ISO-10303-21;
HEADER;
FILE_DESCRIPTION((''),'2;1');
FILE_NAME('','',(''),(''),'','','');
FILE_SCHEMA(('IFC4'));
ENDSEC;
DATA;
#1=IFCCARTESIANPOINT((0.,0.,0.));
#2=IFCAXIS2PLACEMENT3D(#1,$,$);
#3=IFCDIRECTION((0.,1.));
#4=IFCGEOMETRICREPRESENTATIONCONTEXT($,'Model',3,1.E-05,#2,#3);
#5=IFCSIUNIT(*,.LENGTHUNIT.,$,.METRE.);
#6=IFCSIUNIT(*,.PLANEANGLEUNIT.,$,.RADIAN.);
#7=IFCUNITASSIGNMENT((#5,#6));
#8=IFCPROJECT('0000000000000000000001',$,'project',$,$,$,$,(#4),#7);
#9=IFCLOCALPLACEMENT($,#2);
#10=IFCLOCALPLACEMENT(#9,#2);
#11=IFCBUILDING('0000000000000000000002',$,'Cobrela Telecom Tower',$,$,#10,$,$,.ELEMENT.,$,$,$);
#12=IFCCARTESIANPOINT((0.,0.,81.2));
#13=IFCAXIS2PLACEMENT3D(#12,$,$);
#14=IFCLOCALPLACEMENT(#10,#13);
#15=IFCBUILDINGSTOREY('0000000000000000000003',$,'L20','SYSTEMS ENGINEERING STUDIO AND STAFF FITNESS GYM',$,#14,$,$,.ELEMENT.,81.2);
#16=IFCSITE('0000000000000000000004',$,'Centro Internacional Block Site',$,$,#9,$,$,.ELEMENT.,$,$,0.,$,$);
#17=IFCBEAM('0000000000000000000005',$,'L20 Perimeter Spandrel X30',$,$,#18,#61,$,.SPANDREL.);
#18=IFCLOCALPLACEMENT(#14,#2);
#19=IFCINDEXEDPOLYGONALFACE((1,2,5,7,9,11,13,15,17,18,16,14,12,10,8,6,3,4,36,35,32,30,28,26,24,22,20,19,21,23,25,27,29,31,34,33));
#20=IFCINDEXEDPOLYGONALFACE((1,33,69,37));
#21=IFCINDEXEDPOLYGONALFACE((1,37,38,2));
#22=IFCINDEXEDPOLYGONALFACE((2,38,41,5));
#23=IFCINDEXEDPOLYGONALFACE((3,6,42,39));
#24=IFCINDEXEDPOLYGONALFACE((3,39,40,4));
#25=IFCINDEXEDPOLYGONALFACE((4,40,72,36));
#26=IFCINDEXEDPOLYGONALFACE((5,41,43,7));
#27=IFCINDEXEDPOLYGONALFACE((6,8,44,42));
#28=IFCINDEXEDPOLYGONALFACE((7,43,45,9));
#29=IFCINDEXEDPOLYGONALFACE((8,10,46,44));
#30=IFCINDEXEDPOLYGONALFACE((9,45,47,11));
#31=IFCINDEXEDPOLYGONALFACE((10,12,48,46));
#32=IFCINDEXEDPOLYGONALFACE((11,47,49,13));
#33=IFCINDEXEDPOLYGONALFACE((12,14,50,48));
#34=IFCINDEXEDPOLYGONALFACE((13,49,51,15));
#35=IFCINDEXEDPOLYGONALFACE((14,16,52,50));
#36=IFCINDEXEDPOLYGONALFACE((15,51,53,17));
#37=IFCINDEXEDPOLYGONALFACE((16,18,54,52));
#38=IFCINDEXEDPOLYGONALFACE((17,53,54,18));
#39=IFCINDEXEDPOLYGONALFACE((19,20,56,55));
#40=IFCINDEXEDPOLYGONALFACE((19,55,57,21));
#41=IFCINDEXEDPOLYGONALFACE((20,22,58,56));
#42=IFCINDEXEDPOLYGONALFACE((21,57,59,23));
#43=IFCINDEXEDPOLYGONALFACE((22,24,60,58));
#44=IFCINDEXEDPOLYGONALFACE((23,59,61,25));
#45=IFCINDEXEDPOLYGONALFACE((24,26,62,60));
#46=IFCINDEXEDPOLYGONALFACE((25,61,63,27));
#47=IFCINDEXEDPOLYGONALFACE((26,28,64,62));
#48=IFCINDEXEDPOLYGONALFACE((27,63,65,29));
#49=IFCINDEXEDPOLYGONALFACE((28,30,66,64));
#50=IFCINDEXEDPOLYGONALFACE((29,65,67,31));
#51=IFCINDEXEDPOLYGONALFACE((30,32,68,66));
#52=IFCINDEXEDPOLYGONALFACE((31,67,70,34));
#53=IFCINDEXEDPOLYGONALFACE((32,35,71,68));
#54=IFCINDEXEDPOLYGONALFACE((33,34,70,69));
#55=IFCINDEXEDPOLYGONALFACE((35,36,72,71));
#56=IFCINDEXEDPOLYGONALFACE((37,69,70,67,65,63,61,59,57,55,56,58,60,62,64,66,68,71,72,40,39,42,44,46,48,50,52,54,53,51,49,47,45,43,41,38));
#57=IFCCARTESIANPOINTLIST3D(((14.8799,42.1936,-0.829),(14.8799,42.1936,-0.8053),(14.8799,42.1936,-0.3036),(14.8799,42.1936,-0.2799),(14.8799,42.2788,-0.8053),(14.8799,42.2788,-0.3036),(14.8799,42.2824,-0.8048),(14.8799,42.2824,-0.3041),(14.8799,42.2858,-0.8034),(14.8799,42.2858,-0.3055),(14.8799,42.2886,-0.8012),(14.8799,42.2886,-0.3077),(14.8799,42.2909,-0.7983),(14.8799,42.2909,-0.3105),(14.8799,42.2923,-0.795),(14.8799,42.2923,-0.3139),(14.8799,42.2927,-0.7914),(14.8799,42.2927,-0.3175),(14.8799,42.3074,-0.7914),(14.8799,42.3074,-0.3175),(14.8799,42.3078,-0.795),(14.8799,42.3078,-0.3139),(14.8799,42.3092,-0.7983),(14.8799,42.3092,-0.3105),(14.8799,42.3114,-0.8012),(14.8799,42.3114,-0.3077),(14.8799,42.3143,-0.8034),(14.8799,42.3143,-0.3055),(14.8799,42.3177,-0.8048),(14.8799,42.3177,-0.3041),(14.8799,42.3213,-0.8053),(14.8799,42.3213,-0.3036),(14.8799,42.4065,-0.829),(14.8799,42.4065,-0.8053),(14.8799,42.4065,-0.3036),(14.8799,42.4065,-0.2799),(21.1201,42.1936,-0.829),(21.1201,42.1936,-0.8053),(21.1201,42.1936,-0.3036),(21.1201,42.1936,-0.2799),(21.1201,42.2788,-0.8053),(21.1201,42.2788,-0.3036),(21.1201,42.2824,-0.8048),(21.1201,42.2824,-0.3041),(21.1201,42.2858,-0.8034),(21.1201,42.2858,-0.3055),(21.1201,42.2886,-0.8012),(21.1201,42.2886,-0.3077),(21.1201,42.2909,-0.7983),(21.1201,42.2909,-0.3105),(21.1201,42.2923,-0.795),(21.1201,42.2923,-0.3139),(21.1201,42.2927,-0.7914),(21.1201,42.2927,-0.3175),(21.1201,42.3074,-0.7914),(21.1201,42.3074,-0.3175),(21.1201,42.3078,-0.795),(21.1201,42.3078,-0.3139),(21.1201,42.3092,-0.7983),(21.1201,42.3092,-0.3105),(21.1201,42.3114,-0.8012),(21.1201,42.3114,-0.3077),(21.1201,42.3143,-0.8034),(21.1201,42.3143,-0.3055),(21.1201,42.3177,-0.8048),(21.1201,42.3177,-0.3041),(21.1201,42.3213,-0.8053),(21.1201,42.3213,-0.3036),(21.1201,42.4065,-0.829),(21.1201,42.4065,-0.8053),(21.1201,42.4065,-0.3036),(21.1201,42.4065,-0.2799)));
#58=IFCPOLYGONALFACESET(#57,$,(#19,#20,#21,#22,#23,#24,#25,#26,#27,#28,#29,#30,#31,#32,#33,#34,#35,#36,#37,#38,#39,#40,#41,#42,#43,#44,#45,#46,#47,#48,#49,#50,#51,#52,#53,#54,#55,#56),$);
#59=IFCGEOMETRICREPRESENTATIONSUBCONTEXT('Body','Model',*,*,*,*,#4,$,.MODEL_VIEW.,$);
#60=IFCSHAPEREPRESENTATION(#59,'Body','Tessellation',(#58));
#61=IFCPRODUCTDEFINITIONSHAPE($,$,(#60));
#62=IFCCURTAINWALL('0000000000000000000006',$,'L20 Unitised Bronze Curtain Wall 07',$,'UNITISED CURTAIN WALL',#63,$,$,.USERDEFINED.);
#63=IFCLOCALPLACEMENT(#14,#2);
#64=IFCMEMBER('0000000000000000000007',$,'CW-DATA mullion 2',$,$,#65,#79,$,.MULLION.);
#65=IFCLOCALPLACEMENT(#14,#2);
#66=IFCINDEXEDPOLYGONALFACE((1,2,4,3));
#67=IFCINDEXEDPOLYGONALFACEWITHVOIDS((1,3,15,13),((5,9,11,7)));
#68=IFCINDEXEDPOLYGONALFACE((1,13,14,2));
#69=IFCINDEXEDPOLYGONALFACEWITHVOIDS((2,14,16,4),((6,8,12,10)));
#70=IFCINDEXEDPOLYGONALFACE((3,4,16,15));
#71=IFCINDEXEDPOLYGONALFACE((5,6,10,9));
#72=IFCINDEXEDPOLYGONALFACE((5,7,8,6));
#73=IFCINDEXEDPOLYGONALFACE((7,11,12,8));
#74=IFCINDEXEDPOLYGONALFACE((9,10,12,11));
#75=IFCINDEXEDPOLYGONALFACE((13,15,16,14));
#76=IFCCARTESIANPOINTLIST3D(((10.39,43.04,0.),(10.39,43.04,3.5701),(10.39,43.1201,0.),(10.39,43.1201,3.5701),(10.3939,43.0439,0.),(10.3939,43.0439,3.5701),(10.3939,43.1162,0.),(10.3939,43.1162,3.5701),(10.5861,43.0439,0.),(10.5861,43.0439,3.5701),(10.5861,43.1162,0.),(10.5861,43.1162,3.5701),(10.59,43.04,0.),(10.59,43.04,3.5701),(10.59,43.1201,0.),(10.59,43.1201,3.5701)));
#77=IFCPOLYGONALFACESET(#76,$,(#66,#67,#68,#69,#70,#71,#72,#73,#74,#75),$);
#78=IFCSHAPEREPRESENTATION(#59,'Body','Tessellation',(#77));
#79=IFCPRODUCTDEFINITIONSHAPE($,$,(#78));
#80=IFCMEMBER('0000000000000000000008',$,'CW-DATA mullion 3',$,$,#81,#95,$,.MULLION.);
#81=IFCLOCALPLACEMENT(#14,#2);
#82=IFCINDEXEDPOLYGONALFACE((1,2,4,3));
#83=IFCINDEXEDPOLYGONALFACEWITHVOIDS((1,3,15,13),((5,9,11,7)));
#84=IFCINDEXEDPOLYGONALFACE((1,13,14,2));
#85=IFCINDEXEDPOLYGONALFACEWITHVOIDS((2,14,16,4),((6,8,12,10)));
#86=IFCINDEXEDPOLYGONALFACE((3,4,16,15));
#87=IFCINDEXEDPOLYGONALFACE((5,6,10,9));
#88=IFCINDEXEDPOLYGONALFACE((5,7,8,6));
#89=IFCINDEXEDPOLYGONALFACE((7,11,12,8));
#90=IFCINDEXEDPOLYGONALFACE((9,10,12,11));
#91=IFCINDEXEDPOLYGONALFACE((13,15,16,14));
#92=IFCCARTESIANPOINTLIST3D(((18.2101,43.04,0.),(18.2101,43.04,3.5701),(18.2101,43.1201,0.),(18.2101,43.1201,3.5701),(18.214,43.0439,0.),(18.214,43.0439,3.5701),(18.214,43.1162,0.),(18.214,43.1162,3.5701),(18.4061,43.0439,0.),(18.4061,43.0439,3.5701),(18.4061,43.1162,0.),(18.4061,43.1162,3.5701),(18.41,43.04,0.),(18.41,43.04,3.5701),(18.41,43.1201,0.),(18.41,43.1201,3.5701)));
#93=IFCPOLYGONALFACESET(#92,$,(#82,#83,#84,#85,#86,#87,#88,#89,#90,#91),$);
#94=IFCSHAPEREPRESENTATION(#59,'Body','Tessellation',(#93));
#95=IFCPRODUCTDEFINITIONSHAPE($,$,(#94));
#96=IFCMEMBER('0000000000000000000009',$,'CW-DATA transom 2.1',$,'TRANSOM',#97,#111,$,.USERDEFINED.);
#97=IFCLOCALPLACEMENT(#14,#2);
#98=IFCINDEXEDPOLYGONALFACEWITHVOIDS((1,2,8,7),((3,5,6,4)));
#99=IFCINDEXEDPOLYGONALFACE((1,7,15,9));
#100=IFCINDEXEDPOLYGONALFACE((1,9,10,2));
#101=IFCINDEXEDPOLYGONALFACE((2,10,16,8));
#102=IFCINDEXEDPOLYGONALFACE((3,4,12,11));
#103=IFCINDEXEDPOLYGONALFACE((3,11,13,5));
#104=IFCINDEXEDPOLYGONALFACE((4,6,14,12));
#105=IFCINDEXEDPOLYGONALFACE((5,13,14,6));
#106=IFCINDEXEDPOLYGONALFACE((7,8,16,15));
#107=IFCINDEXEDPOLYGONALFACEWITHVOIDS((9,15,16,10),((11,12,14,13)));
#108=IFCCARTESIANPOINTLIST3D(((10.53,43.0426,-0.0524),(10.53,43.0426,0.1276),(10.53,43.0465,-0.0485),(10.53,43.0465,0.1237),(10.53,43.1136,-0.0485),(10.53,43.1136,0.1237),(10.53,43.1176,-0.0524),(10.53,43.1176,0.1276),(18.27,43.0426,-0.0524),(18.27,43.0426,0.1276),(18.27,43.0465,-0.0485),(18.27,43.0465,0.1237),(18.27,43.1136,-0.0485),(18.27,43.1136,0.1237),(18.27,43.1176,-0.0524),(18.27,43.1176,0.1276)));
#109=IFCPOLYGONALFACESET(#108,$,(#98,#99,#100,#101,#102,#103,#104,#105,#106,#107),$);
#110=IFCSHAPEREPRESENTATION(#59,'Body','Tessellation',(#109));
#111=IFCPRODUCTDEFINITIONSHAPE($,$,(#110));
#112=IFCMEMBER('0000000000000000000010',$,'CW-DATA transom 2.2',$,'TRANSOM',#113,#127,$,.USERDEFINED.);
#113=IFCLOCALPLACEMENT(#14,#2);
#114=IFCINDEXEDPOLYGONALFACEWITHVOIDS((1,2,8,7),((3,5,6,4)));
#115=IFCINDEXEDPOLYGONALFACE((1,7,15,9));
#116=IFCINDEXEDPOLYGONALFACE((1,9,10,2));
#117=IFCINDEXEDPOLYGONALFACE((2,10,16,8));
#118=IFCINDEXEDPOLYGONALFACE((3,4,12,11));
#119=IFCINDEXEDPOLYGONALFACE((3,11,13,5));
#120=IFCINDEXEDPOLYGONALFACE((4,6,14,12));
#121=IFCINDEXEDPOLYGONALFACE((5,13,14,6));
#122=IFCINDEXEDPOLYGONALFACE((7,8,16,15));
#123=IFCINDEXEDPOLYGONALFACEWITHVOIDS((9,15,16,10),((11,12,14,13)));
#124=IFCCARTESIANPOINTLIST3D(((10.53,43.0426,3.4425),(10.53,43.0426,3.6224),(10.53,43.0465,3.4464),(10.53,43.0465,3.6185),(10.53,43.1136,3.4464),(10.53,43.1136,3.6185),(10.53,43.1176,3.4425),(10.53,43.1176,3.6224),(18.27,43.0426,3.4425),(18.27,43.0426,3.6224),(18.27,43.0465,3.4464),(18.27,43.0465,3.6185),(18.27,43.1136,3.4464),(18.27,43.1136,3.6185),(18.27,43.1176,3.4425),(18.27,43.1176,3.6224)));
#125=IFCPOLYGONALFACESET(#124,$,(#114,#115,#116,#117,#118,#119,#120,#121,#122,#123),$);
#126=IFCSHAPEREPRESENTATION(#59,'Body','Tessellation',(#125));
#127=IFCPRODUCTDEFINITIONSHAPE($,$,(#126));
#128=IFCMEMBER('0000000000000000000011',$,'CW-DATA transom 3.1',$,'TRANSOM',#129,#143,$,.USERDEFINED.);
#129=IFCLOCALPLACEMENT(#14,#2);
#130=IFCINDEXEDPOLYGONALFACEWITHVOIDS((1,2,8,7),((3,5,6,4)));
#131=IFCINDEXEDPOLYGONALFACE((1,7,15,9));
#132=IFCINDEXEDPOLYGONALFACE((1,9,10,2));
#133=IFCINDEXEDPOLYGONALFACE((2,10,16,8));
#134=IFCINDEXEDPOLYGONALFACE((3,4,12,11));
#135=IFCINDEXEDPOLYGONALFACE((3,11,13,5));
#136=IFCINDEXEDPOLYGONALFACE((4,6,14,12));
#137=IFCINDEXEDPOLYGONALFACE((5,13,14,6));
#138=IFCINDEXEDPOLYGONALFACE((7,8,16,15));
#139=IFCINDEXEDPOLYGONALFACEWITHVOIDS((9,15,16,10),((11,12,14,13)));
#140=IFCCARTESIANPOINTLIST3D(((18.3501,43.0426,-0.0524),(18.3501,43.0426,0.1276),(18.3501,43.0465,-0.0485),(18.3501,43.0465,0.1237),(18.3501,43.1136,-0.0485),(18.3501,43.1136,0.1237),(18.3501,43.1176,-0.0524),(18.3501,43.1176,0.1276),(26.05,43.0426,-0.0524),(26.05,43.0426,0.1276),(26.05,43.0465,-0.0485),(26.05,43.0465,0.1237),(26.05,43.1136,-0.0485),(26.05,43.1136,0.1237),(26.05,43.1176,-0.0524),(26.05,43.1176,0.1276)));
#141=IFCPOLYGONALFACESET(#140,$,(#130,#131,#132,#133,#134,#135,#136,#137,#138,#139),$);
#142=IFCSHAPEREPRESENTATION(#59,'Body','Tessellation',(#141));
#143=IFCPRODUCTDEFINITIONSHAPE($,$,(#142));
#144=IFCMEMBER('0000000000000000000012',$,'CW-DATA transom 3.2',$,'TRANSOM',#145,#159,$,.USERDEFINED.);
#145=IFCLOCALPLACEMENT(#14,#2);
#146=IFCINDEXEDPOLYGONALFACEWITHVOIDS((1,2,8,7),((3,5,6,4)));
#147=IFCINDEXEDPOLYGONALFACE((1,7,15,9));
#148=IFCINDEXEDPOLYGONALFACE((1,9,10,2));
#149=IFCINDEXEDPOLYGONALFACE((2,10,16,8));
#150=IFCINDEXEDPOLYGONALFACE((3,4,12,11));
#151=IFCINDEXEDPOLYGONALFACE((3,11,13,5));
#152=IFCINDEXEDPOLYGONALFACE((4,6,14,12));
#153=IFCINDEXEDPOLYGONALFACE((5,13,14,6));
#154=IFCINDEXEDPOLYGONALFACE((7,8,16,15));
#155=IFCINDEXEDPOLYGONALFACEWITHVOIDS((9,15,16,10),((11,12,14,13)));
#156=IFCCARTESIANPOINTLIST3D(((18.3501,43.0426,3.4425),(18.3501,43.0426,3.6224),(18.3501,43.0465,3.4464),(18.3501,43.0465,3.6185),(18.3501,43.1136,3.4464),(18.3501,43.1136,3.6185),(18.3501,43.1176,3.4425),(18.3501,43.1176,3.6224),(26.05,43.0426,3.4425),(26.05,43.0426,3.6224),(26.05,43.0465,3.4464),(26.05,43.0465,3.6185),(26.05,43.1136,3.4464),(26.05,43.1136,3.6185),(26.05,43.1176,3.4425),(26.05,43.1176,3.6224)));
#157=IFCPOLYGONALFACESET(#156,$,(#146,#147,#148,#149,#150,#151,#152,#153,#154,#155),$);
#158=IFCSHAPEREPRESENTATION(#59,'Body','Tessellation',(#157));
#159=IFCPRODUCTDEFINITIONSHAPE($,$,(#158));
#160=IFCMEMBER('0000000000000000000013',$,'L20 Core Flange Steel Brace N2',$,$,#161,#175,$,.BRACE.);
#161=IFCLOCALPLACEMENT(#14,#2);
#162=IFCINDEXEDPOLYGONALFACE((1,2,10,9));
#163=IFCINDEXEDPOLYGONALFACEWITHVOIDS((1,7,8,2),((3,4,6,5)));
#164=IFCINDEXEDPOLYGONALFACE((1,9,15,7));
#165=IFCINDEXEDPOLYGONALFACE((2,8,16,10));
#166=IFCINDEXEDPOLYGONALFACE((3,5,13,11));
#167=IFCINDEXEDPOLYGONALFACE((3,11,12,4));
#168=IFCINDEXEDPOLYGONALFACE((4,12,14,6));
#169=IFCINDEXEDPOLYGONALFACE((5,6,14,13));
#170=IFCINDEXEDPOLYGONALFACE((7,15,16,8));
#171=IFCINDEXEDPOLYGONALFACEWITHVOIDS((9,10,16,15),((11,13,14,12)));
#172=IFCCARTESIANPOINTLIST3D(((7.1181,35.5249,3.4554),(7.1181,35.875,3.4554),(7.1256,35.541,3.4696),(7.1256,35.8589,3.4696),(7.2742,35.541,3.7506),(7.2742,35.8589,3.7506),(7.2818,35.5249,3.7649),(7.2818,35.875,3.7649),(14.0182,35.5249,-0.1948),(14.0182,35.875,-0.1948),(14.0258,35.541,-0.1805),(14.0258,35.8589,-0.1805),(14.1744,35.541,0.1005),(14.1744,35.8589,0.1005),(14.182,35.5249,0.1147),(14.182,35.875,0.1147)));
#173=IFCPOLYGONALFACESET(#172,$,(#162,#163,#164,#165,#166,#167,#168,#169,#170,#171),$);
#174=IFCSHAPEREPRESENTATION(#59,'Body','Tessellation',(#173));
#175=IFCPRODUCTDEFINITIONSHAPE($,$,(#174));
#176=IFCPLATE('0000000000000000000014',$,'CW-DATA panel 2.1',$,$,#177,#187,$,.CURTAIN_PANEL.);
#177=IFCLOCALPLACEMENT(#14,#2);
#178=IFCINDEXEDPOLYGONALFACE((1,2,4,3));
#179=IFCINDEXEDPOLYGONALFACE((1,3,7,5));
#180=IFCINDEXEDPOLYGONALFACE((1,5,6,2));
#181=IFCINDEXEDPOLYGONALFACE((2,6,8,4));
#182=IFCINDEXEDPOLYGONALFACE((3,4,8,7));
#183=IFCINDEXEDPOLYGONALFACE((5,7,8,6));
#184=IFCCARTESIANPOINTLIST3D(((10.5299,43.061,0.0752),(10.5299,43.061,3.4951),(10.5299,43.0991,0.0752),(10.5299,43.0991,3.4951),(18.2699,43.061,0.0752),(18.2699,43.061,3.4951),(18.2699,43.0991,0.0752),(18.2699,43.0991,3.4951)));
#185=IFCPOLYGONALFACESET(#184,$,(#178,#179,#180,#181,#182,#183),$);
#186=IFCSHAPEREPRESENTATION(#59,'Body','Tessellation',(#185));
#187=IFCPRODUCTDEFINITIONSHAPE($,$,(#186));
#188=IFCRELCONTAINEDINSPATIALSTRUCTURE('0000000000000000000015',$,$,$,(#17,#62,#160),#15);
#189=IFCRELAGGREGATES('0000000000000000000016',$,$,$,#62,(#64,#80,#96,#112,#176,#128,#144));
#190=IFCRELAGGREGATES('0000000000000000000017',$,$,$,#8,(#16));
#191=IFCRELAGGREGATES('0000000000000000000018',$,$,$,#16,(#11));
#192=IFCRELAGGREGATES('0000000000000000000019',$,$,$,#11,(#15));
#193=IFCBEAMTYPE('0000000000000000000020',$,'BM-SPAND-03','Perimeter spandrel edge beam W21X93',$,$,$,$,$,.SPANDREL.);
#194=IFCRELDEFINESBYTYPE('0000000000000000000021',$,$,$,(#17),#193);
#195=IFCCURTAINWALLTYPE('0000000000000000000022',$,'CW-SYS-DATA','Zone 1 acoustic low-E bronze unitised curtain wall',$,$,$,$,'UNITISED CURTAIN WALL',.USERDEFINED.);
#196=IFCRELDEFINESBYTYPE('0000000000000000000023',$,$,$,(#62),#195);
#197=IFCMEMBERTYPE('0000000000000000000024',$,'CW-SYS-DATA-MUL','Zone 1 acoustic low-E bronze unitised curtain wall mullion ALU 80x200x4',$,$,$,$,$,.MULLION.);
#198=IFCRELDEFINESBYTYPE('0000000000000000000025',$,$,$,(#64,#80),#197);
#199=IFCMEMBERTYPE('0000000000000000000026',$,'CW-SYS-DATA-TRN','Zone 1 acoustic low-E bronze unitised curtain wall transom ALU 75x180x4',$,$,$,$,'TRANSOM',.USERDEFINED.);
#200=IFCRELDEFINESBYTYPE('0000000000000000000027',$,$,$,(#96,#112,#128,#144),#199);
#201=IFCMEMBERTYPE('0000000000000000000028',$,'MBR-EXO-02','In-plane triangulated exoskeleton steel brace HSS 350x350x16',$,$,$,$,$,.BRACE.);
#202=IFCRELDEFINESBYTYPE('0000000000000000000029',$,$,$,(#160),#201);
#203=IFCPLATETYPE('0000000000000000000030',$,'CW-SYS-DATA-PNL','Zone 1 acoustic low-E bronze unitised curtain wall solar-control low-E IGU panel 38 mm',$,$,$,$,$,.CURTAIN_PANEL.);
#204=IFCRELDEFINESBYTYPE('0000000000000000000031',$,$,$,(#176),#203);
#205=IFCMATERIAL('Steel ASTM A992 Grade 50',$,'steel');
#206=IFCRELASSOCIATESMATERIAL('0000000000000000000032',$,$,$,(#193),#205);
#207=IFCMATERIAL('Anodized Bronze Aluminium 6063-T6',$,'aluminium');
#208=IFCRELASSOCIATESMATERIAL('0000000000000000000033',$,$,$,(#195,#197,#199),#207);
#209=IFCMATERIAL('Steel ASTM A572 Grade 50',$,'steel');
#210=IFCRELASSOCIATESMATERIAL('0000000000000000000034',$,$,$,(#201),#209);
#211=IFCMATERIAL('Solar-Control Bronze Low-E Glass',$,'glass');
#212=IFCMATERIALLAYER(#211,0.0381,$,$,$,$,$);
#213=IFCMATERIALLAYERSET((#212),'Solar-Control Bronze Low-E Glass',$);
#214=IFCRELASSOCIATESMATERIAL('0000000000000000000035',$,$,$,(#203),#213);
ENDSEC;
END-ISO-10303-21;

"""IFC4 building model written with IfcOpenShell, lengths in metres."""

from ifc_helpers import new_model, si_unit, direction, frame, origin, origin_2d, place, context, subcontext, project, spatial, rectangle, hollow_rectangle, i_section, extrude, material, layer, layer_set, material_profile, profile_set, type_object, element, aggregate, save


model = new_model("IFC4")

# Units and contexts
model_context = context("Model", 3, precision=1e-05, world=origin(), true_north=direction((0.0, 1.0)))
body_context = subcontext(model_context, "Body", "Model", "MODEL_VIEW")
ifc_project = project(units=[si_unit("LENGTHUNIT", "METRE"), si_unit("PLANEANGLEUNIT", "RADIAN")], contexts=[model_context])

# Site, building, storey
site_placement = place(None, origin())
site = spatial("IfcSite", under=ifc_project, at=site_placement, Name="Centro Internacional Block Site", CompositionType="ELEMENT", RefElevation=0.0)
building_placement = place(site_placement, origin())
building = spatial("IfcBuilding", under=site, at=building_placement, Name="Cobrela Telecom Tower", CompositionType="ELEMENT")
storey_placement = place(building_placement, frame((0.0, 0.0, 81.2)))
storey = spatial("IfcBuildingStorey", under=building, at=storey_placement, Name="L20", Description="SYSTEMS ENGINEERING STUDIO AND STAFF FITNESS GYM", CompositionType="ELEMENT", Elevation=81.2)

# Shared definitions
ifc_material_1 = material(Name="Steel ASTM A572 Grade 50", Category="steel")

# Beam
ifc_material_2 = material(Name="Steel ASTM A992 Grade 50", Category="steel")
ifc_material_profile_1 = material_profile(ifc_material_2, i_section(OverallWidth=0.2129, OverallDepth=0.5491, WebThickness=0.0146, FlangeThickness=0.0237, FilletRadius=0.0139, at=origin_2d()), Name="W21X93")
ifc_profile_set_1 = profile_set([ifc_material_profile_1], Name="Steel ASTM A992 Grade 50")
beam_type_1 = type_object("IfcBeamType", Name="BM-SPAND-03", Description="Perimeter spandrel edge beam W21X93", PredefinedType="SPANDREL", material=ifc_profile_set_1)
beam_1_placement = place(storey_placement, frame((14.8799, 42.3, -0.5544), z_axis=(1.0, 0.0, 0.0), x_axis=(0.0, 1.0, 0.0)))
element("IfcBeam", 1, at=beam_1_placement, inside=storey, type_object=beam_type_1, Name="L20 Perimeter Spandrel X30", PredefinedType="SPANDREL", context=body_context, shape_type="SweptSolid", body=[
    extrude(i_section(OverallWidth=0.2129, OverallDepth=0.5491, WebThickness=0.0146, FlangeThickness=0.0237, FilletRadius=0.0139, at=origin_2d()), origin(), (0.0, 0.0, 1.0), 6.2402),
])

# Curtain wall, members
ifc_material_3 = material(Name="Anodized Bronze Aluminium 6063-T6", Category="aluminium")
curtain_wall_type = type_object("IfcCurtainWallType", Name="CW-SYS-DATA", Description="Zone 1 acoustic low-E bronze unitised curtain wall", ElementType="UNITISED CURTAIN WALL", PredefinedType="USERDEFINED", material=ifc_material_3)
curtain_wall_placement = place(storey_placement, origin())
curtain_wall = element("IfcCurtainWall", 2, at=curtain_wall_placement, inside=storey, type_object=curtain_wall_type, Name="L20 Unitised Bronze Curtain Wall 07", ObjectType="UNITISED CURTAIN WALL", PredefinedType="USERDEFINED")
ifc_material_profile_2 = material_profile(ifc_material_3, hollow_rectangle(XDim=0.0801, YDim=0.2, WallThickness=0.0039, at=origin_2d()), Name="ALU 80x200x4")
ifc_profile_set_2 = profile_set([ifc_material_profile_2], Name="Anodized Bronze Aluminium 6063-T6")
member_type_1 = type_object("IfcMemberType", Name="CW-SYS-DATA-MUL", Description="Zone 1 acoustic low-E bronze unitised curtain wall mullion ALU 80x200x4", PredefinedType="MULLION", material=ifc_profile_set_2)
member_1_placement = place(storey_placement, frame((10.49, 43.0801, 0.0), z_axis=(0.0, 0.0, 1.0), x_axis=(0.0, 1.0, 0.0)))
member_1 = element("IfcMember", 3, at=member_1_placement, type_object=member_type_1, Name="CW-DATA mullion 2", PredefinedType="MULLION", context=body_context, shape_type="SweptSolid", body=[
    extrude(hollow_rectangle(XDim=0.0801, YDim=0.2, WallThickness=0.0039, at=origin_2d()), origin(), (0.0, 0.0, 1.0), 3.5701),
])
member_2_placement = place(storey_placement, frame((18.3101, 43.0801, 0.0), z_axis=(0.0, 0.0, 1.0), x_axis=(0.0, 1.0, 0.0)))
member_2 = element("IfcMember", 4, at=member_2_placement, type_object=member_type_1, Name="CW-DATA mullion 3", PredefinedType="MULLION", context=body_context, shape_type="SweptSolid", body=[
    extrude(hollow_rectangle(XDim=0.0801, YDim=0.2, WallThickness=0.0039, at=origin_2d()), origin(), (0.0, 0.0, 1.0), 3.5701),
])
ifc_material_profile_3 = material_profile(ifc_material_3, hollow_rectangle(XDim=0.075, YDim=0.1799, WallThickness=0.0039, at=origin_2d()), Name="ALU 75x180x4")
ifc_profile_set_3 = profile_set([ifc_material_profile_3], Name="Anodized Bronze Aluminium 6063-T6")
member_type_2 = type_object("IfcMemberType", Name="CW-SYS-DATA-TRN", Description="Zone 1 acoustic low-E bronze unitised curtain wall transom ALU 75x180x4", ElementType="TRANSOM", PredefinedType="USERDEFINED", material=ifc_profile_set_3)
member_3_placement = place(storey_placement, frame((10.53, 43.0801, 0.0376), z_axis=(1.0, 0.0, 0.0), x_axis=(0.0, 1.0, 0.0)))
member_3 = element("IfcMember", 5, at=member_3_placement, type_object=member_type_2, Name="CW-DATA transom 2.1", ObjectType="TRANSOM", PredefinedType="USERDEFINED", context=body_context, shape_type="SweptSolid", body=[
    extrude(hollow_rectangle(XDim=0.075, YDim=0.1799, WallThickness=0.0039, at=origin_2d()), origin(), (0.0, 0.0, 1.0), 7.74),
])
member_4_placement = place(storey_placement, frame((10.53, 43.0801, 3.5325), z_axis=(1.0, 0.0, 0.0), x_axis=(0.0, 1.0, 0.0)))
member_4 = element("IfcMember", 6, at=member_4_placement, type_object=member_type_2, Name="CW-DATA transom 2.2", ObjectType="TRANSOM", PredefinedType="USERDEFINED", context=body_context, shape_type="SweptSolid", body=[
    extrude(hollow_rectangle(XDim=0.075, YDim=0.1799, WallThickness=0.0039, at=origin_2d()), origin(), (0.0, 0.0, 1.0), 7.74),
])
member_5_placement = place(storey_placement, frame((18.3501, 43.0801, 0.0376), z_axis=(1.0, 0.0, 0.0), x_axis=(0.0, 1.0, 0.0)))
member_5 = element("IfcMember", 7, at=member_5_placement, type_object=member_type_2, Name="CW-DATA transom 3.1", ObjectType="TRANSOM", PredefinedType="USERDEFINED", context=body_context, shape_type="SweptSolid", body=[
    extrude(hollow_rectangle(XDim=0.075, YDim=0.1799, WallThickness=0.0039, at=origin_2d()), origin(), (0.0, 0.0, 1.0), 7.7),
])
member_6_placement = place(storey_placement, frame((18.3501, 43.0801, 3.5325), z_axis=(1.0, 0.0, 0.0), x_axis=(0.0, 1.0, 0.0)))
member_6 = element("IfcMember", 8, at=member_6_placement, type_object=member_type_2, Name="CW-DATA transom 3.2", ObjectType="TRANSOM", PredefinedType="USERDEFINED", context=body_context, shape_type="SweptSolid", body=[
    extrude(hollow_rectangle(XDim=0.075, YDim=0.1799, WallThickness=0.0039, at=origin_2d()), origin(), (0.0, 0.0, 1.0), 7.7),
])

# Member
ifc_material_profile_4 = material_profile(ifc_material_1, hollow_rectangle(XDim=0.3501, YDim=0.3501, WallThickness=0.0161, at=origin_2d()), Name="HSS 350x350x16")
ifc_profile_set_4 = profile_set([ifc_material_profile_4], Name="Steel ASTM A572 Grade 50")
member_type_3 = type_object("IfcMemberType", Name="MBR-EXO-02", Description="In-plane triangulated exoskeleton steel brace HSS 350x350x16", PredefinedType="BRACE", material=ifc_profile_set_4)
member_7_placement = place(storey_placement, frame((14.1001, 35.7, -0.04), z_axis=(-0.88394, 0.0, 0.4676), x_axis=(0.0, -1.0, 0.0)))
element("IfcMember", 9, at=member_7_placement, inside=storey, type_object=member_type_3, Name="L20 Core Flange Steel Brace N2", PredefinedType="BRACE", context=body_context, shape_type="SweptSolid", body=[
    extrude(hollow_rectangle(XDim=0.3501, YDim=0.3501, WallThickness=0.0161, at=origin_2d()), origin(), (0.0, 0.0, 1.0), 7.8062),
])

# Plate
ifc_material_4 = material(Name="Solar-Control Bronze Low-E Glass", Category="glass")
ifc_layer_1 = layer(ifc_material_4, 0.0381)
ifc_layer_set_1 = layer_set([ifc_layer_1], Name="Solar-Control Bronze Low-E Glass")
plate_type = type_object("IfcPlateType", Name="CW-SYS-DATA-PNL", Description="Zone 1 acoustic low-E bronze unitised curtain wall solar-control low-E IGU panel 38 mm", PredefinedType="CURTAIN_PANEL", material=ifc_layer_set_1)
plate_placement = place(storey_placement, frame((14.3999, 43.0801, 0.0752), z_axis=(0.0, 0.0, 1.0), x_axis=(1.0, 0.0, 0.0)))
plate = element("IfcPlate", 10, at=plate_placement, type_object=plate_type, Name="CW-DATA panel 2.1", PredefinedType="CURTAIN_PANEL", context=body_context, shape_type="SweptSolid", body=[
    extrude(rectangle(XDim=7.74, YDim=0.0381, at=origin_2d()), origin(), (0.0, 0.0, 1.0), 3.4199),
])
aggregate(curtain_wall, [member_1, member_2, member_3, member_4, plate, member_5, member_6])

save(model, "model.ifc")
